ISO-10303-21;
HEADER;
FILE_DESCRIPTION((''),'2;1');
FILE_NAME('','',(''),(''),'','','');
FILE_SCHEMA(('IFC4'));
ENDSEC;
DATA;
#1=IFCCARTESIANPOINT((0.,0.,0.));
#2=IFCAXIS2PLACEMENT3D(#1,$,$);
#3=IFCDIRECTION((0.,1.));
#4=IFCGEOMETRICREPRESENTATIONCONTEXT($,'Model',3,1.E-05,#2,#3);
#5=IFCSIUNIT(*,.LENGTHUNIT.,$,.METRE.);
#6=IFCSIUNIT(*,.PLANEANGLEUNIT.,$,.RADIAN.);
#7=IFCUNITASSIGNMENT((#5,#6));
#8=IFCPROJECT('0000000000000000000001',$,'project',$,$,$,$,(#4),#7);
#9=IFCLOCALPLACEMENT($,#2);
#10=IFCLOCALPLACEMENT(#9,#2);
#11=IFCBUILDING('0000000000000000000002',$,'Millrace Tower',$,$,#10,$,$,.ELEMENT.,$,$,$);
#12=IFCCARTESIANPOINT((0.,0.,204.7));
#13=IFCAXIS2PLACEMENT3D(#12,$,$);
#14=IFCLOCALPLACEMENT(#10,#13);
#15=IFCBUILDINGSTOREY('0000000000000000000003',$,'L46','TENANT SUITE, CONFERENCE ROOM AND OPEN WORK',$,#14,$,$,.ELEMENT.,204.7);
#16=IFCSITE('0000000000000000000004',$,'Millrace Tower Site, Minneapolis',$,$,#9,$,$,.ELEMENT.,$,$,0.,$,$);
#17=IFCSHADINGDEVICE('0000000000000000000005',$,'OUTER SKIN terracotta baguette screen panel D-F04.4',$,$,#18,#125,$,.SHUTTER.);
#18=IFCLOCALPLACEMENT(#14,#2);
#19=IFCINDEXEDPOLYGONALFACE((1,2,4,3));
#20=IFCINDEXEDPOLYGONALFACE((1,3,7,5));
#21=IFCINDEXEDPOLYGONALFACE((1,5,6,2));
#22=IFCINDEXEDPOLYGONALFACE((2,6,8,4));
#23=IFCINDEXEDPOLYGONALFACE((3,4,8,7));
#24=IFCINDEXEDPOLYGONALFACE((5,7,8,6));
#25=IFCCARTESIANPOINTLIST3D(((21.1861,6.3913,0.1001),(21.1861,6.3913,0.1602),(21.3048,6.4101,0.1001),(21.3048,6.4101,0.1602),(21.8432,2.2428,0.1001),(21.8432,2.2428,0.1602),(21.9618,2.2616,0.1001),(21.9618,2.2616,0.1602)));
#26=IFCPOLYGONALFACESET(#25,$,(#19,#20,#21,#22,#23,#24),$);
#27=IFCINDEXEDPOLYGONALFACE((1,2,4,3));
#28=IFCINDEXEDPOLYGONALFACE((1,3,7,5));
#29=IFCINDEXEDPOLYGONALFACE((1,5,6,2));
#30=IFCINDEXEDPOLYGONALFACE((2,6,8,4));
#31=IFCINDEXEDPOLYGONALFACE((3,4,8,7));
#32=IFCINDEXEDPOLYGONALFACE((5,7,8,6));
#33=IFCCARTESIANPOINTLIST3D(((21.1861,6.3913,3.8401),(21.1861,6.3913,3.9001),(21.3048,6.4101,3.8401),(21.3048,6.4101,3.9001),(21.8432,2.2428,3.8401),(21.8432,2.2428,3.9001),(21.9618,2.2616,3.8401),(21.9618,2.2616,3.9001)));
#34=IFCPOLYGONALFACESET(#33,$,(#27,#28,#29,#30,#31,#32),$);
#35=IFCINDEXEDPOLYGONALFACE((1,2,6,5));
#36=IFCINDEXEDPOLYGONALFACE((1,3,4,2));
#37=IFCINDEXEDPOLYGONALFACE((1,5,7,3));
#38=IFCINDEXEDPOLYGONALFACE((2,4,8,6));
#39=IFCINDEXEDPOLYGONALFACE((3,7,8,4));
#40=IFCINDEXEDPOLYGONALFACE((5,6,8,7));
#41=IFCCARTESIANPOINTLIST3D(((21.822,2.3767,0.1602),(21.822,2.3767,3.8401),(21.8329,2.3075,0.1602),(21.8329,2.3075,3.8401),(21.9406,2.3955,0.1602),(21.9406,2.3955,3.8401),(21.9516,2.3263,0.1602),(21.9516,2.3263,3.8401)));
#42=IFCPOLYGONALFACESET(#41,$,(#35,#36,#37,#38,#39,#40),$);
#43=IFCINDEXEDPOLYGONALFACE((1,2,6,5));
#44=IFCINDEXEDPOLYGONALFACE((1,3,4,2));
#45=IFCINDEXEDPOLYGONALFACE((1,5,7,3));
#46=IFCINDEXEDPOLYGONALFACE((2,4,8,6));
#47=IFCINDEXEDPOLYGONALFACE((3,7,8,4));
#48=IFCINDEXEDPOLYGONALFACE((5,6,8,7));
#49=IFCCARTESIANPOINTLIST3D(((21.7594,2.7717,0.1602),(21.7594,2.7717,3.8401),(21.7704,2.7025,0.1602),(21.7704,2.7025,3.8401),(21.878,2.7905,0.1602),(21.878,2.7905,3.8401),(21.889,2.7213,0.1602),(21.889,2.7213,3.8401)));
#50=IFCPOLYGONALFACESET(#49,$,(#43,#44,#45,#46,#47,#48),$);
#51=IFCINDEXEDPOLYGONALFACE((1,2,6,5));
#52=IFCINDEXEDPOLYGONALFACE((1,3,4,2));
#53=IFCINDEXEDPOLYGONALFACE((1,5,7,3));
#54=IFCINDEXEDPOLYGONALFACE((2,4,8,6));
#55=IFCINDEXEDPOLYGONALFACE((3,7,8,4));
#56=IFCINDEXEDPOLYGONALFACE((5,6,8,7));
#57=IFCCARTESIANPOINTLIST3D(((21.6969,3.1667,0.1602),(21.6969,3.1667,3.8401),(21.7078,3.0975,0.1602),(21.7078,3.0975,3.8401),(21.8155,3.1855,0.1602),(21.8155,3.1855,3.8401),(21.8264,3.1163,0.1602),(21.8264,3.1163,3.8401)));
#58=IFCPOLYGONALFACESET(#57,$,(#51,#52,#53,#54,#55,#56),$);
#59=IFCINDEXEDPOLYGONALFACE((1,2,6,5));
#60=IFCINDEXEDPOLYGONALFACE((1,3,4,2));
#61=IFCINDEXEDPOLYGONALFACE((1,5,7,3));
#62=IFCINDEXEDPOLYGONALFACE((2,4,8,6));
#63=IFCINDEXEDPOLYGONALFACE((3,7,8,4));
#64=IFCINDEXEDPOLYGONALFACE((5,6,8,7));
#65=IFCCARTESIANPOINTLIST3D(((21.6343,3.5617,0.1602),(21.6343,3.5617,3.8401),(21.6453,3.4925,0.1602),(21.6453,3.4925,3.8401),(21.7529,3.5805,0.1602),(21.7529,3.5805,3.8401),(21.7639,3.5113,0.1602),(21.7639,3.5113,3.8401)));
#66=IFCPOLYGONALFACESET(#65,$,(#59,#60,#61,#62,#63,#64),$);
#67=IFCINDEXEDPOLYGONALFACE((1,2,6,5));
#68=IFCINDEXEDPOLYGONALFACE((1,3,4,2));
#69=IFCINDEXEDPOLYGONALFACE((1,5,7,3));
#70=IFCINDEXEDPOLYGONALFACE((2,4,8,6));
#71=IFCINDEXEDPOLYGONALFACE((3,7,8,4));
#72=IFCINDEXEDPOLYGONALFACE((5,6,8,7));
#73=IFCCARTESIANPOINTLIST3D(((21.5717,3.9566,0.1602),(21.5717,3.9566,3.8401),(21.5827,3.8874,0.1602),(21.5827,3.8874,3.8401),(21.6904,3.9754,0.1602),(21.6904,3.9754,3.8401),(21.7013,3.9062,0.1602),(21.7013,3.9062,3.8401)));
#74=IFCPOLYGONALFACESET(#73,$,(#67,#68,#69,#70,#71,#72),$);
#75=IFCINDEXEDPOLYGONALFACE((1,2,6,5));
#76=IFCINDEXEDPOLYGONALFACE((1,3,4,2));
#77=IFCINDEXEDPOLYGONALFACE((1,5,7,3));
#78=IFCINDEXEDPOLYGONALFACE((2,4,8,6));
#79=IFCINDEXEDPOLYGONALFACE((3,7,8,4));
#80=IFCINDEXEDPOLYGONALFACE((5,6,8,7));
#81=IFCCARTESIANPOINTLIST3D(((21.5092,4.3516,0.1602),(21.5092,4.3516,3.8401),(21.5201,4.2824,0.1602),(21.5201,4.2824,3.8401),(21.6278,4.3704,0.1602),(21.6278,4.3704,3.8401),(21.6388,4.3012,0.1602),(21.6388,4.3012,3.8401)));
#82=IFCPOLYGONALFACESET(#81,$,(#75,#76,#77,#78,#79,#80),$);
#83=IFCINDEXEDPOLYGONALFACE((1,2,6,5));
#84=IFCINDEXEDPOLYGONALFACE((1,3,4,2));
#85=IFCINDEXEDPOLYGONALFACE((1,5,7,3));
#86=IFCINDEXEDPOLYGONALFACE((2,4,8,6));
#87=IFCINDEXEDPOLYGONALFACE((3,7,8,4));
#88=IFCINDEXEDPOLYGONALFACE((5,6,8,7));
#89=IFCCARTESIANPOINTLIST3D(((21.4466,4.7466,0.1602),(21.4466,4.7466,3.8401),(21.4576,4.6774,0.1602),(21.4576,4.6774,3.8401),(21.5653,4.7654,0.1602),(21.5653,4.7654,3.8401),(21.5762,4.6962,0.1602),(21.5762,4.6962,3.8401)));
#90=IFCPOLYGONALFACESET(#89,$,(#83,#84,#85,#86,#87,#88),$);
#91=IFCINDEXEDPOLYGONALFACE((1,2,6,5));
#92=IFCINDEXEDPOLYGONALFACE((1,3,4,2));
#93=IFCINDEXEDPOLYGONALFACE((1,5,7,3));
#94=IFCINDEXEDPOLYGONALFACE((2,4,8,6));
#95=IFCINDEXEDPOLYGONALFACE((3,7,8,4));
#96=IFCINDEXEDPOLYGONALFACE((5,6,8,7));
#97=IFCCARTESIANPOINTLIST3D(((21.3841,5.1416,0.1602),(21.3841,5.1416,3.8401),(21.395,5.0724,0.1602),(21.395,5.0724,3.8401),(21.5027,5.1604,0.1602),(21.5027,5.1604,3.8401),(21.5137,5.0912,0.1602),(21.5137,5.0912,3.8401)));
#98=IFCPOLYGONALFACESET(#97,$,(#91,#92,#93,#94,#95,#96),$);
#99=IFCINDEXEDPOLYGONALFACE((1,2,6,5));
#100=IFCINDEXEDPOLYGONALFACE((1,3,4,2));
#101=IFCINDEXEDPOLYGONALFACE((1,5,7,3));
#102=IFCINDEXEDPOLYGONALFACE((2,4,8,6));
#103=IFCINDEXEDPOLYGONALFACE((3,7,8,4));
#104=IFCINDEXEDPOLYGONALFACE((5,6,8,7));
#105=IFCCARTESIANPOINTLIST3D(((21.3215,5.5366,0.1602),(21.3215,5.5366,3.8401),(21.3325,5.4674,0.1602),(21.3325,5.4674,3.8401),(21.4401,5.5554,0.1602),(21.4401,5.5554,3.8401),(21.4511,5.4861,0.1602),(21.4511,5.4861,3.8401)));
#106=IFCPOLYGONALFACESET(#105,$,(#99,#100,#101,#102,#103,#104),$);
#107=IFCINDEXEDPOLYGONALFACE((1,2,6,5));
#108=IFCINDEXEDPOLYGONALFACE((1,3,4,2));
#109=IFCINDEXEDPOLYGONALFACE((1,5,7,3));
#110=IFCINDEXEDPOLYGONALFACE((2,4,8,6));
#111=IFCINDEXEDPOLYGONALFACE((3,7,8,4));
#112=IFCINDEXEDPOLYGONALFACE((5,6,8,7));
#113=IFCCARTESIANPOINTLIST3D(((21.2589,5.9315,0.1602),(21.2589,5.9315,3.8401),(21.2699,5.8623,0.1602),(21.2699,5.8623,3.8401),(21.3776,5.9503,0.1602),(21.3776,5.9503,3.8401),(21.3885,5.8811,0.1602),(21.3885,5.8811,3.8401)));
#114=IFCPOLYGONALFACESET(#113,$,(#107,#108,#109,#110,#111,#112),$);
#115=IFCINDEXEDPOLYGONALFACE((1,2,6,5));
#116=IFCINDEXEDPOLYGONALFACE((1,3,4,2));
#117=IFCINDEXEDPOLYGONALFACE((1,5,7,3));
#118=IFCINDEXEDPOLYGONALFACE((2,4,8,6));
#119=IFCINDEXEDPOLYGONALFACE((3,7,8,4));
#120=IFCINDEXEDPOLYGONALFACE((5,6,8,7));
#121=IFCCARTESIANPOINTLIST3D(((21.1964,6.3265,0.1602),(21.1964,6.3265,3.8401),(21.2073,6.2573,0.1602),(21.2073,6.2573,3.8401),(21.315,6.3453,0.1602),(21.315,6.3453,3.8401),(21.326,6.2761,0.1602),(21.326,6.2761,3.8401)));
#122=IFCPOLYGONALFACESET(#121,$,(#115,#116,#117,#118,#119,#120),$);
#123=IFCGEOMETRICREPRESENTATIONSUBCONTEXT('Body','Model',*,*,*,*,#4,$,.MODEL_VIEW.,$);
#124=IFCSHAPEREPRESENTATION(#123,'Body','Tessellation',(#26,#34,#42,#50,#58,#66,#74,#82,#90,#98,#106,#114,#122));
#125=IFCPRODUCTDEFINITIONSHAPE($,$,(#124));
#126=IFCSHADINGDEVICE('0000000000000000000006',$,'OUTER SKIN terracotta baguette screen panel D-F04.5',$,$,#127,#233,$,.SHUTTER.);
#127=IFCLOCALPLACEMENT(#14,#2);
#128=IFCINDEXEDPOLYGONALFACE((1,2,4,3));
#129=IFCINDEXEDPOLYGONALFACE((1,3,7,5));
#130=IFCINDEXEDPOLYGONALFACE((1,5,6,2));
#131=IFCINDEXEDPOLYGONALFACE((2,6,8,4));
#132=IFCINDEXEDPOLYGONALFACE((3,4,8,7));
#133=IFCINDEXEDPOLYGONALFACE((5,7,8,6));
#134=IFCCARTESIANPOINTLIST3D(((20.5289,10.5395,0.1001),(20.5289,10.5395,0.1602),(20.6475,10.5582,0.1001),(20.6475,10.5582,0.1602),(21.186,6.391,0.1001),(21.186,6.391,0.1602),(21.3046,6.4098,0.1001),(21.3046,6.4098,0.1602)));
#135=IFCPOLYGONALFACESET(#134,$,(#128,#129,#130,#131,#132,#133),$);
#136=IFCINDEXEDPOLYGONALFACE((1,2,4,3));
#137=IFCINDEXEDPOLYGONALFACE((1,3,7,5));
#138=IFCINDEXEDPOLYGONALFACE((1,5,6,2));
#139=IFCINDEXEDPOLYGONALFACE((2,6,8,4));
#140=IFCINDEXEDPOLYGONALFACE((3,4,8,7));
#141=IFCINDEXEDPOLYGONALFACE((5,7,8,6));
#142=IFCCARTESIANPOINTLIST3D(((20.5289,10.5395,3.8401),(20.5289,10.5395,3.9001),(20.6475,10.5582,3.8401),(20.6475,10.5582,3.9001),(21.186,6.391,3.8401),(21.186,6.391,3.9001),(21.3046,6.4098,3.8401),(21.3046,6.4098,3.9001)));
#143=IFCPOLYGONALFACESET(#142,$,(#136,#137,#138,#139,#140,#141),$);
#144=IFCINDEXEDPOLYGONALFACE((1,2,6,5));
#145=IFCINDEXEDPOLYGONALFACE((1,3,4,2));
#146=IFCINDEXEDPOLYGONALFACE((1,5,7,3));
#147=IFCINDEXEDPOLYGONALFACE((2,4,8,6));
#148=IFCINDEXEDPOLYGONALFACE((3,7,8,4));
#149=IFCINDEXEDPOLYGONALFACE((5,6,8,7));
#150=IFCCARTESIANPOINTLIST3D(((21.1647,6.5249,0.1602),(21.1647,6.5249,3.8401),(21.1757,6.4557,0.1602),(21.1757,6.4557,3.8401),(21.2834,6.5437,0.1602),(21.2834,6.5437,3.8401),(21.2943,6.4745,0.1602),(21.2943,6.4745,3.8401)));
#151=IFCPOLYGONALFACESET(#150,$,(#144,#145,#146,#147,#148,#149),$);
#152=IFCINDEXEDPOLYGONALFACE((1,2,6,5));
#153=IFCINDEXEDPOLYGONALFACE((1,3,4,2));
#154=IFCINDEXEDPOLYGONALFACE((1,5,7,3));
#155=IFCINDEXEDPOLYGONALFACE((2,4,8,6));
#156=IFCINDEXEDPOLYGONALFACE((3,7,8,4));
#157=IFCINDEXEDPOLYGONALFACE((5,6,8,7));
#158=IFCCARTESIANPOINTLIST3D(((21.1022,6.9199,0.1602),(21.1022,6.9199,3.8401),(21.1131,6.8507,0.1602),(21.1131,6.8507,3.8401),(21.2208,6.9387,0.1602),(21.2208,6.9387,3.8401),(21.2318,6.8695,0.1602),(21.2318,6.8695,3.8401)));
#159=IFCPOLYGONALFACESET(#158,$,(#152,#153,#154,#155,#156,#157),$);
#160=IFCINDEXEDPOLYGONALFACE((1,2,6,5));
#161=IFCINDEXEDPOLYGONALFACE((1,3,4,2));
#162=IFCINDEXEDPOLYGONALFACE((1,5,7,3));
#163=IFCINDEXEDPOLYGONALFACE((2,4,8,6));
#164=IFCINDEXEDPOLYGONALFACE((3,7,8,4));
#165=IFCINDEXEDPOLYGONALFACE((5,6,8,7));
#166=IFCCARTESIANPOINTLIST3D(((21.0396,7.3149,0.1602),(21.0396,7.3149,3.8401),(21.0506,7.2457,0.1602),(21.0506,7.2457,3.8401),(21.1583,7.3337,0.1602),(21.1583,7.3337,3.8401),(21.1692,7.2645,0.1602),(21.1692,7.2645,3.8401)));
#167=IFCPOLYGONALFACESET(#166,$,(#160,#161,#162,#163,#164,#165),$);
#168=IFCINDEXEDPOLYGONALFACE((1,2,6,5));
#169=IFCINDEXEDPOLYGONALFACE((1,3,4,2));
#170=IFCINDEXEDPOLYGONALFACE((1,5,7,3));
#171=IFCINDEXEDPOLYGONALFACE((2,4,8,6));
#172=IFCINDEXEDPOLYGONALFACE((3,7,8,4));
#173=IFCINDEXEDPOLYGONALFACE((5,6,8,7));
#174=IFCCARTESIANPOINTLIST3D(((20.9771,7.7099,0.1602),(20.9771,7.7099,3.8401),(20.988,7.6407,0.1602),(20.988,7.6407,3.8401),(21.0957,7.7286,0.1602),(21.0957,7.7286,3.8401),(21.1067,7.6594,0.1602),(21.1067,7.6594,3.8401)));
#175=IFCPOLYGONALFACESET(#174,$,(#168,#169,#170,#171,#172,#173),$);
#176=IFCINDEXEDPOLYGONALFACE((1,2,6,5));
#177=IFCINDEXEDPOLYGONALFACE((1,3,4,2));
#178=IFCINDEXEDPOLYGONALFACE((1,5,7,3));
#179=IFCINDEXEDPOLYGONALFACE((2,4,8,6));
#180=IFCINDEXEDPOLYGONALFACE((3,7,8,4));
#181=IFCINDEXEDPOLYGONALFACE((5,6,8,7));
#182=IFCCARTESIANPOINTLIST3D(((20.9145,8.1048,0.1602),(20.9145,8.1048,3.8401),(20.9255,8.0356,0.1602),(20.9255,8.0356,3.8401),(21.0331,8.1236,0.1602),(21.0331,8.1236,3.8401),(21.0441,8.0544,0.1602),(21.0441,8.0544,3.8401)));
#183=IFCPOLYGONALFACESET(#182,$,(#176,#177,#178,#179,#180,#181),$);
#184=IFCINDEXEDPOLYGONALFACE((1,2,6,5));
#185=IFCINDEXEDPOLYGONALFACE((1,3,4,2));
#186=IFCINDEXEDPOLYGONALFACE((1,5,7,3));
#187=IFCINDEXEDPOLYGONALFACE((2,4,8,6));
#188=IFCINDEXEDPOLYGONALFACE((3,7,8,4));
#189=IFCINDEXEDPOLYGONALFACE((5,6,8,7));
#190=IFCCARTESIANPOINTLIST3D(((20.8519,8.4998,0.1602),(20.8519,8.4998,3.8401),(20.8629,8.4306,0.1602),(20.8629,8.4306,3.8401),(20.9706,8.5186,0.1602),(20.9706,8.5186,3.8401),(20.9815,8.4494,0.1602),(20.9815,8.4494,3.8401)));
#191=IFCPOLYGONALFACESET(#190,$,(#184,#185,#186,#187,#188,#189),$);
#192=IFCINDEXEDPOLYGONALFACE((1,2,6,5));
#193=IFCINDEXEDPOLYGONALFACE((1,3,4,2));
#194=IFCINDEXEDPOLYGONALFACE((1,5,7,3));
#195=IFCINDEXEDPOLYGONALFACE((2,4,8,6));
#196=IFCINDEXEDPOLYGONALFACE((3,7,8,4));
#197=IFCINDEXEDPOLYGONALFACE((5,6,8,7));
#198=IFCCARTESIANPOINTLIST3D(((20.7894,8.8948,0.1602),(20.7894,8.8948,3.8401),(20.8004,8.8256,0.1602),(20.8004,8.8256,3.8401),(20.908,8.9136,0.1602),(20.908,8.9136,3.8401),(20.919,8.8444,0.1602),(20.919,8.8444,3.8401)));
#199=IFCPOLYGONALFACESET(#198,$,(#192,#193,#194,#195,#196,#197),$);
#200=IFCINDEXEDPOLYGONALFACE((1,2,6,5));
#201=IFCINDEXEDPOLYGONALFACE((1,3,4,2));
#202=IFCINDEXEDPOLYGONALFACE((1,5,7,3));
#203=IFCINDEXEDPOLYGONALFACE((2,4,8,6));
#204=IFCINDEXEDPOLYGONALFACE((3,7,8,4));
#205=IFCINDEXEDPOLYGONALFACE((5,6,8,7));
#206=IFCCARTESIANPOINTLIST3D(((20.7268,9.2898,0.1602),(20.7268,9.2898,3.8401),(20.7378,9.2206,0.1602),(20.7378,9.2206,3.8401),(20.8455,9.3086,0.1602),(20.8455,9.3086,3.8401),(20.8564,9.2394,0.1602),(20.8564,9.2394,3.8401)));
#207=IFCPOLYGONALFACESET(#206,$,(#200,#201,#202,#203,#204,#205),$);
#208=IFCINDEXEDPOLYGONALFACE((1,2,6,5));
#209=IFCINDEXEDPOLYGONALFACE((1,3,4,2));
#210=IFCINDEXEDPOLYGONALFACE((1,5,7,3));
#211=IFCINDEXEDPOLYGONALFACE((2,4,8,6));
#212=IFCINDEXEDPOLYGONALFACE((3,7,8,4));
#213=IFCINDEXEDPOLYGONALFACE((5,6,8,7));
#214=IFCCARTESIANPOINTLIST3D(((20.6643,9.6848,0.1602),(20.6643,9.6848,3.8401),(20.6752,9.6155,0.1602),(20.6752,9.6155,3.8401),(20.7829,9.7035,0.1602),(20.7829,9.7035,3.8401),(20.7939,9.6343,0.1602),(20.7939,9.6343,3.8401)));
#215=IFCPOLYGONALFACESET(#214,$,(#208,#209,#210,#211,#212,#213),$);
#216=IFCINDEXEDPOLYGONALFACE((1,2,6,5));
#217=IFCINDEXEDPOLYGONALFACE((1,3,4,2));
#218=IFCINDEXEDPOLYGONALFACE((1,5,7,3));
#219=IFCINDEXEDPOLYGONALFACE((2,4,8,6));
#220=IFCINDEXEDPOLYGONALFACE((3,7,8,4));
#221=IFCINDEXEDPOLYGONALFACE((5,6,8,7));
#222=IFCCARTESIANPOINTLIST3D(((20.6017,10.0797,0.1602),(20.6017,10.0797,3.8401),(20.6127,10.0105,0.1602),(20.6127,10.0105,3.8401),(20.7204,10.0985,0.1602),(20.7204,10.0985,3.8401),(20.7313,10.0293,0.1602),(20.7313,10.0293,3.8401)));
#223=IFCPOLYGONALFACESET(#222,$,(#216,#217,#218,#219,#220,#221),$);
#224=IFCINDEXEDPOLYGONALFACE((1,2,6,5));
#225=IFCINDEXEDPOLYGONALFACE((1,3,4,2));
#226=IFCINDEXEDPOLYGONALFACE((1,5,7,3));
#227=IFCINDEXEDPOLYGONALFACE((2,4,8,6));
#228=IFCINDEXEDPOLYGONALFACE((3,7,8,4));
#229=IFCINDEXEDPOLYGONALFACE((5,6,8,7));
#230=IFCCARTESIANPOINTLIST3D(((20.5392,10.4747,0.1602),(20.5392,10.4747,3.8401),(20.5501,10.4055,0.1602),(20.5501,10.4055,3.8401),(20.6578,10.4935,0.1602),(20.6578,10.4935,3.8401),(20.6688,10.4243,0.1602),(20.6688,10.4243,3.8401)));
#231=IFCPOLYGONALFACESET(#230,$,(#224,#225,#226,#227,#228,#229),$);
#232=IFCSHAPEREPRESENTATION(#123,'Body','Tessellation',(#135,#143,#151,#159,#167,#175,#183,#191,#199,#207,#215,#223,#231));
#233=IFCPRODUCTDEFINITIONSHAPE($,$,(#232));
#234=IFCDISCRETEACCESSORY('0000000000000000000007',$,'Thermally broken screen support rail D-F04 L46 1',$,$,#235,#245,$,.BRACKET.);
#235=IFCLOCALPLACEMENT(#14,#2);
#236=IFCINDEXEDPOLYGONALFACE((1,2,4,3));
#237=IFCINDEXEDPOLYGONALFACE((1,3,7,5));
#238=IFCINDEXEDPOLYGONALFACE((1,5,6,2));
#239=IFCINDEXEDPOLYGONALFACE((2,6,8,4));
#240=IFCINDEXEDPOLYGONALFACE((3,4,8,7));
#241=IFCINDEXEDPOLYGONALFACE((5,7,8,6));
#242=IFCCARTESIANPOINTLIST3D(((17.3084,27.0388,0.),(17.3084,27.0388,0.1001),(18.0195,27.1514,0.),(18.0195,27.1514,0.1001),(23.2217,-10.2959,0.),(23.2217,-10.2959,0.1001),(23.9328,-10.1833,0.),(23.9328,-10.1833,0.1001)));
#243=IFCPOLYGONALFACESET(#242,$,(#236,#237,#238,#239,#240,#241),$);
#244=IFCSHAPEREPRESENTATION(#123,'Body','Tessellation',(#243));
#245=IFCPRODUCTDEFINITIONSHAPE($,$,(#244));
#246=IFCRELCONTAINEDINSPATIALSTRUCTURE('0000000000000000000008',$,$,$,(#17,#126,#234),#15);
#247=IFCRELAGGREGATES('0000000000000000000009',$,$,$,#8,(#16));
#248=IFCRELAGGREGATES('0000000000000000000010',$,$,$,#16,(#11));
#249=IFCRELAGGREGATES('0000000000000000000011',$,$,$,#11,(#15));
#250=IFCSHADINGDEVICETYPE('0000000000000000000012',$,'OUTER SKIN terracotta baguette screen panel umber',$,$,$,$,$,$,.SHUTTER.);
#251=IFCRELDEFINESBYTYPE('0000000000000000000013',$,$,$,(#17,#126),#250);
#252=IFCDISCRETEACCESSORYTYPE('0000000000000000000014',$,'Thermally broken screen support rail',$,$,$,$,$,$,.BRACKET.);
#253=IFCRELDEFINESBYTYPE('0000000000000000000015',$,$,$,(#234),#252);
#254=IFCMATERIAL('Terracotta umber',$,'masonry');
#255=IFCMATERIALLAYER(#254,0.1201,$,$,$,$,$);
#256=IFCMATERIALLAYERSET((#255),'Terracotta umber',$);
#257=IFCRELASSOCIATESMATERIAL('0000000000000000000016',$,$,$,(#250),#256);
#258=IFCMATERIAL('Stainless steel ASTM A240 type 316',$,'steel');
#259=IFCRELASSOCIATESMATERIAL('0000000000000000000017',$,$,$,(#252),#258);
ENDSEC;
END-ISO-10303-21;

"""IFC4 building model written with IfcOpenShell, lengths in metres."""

from ifc_helpers import new_model, entity, si_unit, direction, frame, frame_2d, origin, origin_2d, place, context, subcontext, project, spatial, rectangle, extrude, source, transform, mapped, material, layer, layer_set, type_object, element, save


model = new_model("IFC4")

# Units and contexts
model_context = context("Model", 3, precision=1e-05, world=origin(), true_north=direction((0.0, 1.0)))
body_context = subcontext(model_context, "Body", "Model", "MODEL_VIEW")
ifc_project = project(units=[si_unit("LENGTHUNIT", "METRE"), si_unit("PLANEANGLEUNIT", "RADIAN")], contexts=[model_context])

# Site, building, storey
site_placement = place(None, origin())
site = spatial("IfcSite", under=ifc_project, at=site_placement, Name="Millrace Tower Site, Minneapolis", CompositionType="ELEMENT", RefElevation=0.0)
building_placement = place(site_placement, origin())
building = spatial("IfcBuilding", under=site, at=building_placement, Name="Millrace Tower", CompositionType="ELEMENT")
storey_placement = place(building_placement, frame((0.0, 0.0, 204.7)))
storey = spatial("IfcBuildingStorey", under=building, at=storey_placement, Name="L46", Description="TENANT SUITE, CONFERENCE ROOM AND OPEN WORK", CompositionType="ELEMENT", Elevation=204.7)

# Shading devices
ifc_material_1 = material(Name="Terracotta umber", Category="masonry")
ifc_layer_1 = layer(ifc_material_1, 0.1201)
ifc_layer_set_1 = layer_set([ifc_layer_1], Name="Terracotta umber")
shading_device_type = type_object("IfcShadingDeviceType", Name="OUTER SKIN terracotta baguette screen panel umber", PredefinedType="SHUTTER", material=ifc_layer_set_1)
cartesian_point = entity("IfcCartesianPoint", [-2.1001, 0.0601])
shared_polyline = entity("IfcPolyline", [cartesian_point, entity("IfcCartesianPoint", [2.1001, 0.0601]), entity("IfcCartesianPoint", [2.1001, -0.0601]), entity("IfcCartesianPoint", [-2.1001, -0.0601]), cartesian_point])
shared_shape = source(origin(), body_context, "Body", "SweptSolid", [
    entity("IfcExtrudedAreaSolid", entity("IfcArbitraryClosedProfileDef", "AREA", None, shared_polyline), entity("IfcAxis2Placement3D", entity("IfcCartesianPoint", [0.0, 0.0, 0.0])), entity("IfcDirection", [0.0, 0.0, 1.0]), 0.0601),
    entity("IfcExtrudedAreaSolid", entity("IfcArbitraryClosedProfileDef", "AREA", None, shared_polyline), entity("IfcAxis2Placement3D", entity("IfcCartesianPoint", [0.0, 0.0, 3.74])), entity("IfcDirection", [0.0, 0.0, 1.0]), 0.0601),
    extrude(rectangle(XDim=0.0701, YDim=0.1201, at=frame_2d((-1.9995, 0.0))), frame((0.0, 0.0, 0.0601)), (0.0, 0.0, 1.0), 3.6799),
    extrude(rectangle(XDim=0.0701, YDim=0.1201, at=frame_2d((-1.5996, 0.0))), frame((0.0, 0.0, 0.0601)), (0.0, 0.0, 1.0), 3.6799),
    extrude(rectangle(XDim=0.0701, YDim=0.1201, at=frame_2d((-1.1997, 0.0))), frame((0.0, 0.0, 0.0601)), (0.0, 0.0, 1.0), 3.6799),
    extrude(rectangle(XDim=0.0701, YDim=0.1201, at=frame_2d((-0.7998, 0.0))), frame((0.0, 0.0, 0.0601)), (0.0, 0.0, 1.0), 3.6799),
    extrude(rectangle(XDim=0.0701, YDim=0.1201, at=frame_2d((-0.3999, 0.0))), frame((0.0, 0.0, 0.0601)), (0.0, 0.0, 1.0), 3.6799),
    extrude(rectangle(XDim=0.0701, YDim=0.1201, at=origin_2d()), frame((0.0, 0.0, 0.0601)), (0.0, 0.0, 1.0), 3.6799),
    extrude(rectangle(XDim=0.0701, YDim=0.1201, at=frame_2d((0.3999, 0.0))), frame((0.0, 0.0, 0.0601)), (0.0, 0.0, 1.0), 3.6799),
    extrude(rectangle(XDim=0.0701, YDim=0.1201, at=frame_2d((0.7998, 0.0))), frame((0.0, 0.0, 0.0601)), (0.0, 0.0, 1.0), 3.6799),
    extrude(rectangle(XDim=0.0701, YDim=0.1201, at=frame_2d((1.1997, 0.0))), frame((0.0, 0.0, 0.0601)), (0.0, 0.0, 1.0), 3.6799),
    extrude(rectangle(XDim=0.0701, YDim=0.1201, at=frame_2d((1.5996, 0.0))), frame((0.0, 0.0, 0.0601)), (0.0, 0.0, 1.0), 3.6799),
    extrude(rectangle(XDim=0.0701, YDim=0.1201, at=frame_2d((1.9995, 0.0))), frame((0.0, 0.0, 0.0601)), (0.0, 0.0, 1.0), 3.6799),
])
for number, where, z_axis, x_axis, name in (
    (1, (21.574, 4.3264, 0.1001), (0.0, 0.0, 1.0), (-0.156434, 0.987688, 0.0), "OUTER SKIN terracotta baguette screen panel D-F04.4"),
    (2, (20.9167, 8.4746, 0.1001), (0.0, 0.0, 1.0), (-0.156434, 0.987688, 0.0), "OUTER SKIN terracotta baguette screen panel D-F04.5"),
):
    element("IfcShadingDevice", number, at=place(storey_placement, frame(where, z_axis=z_axis, x_axis=x_axis)), inside=storey, type_object=shading_device_type, Name=name, PredefinedType="SHUTTER", context=body_context, shape_type="MappedRepresentation", body=[
        mapped(shared_shape, transform((0.0, 0.0, 0.0), scale=1.0)),
    ])

# Discrete accessory
ifc_material_2 = material(Name="Stainless steel ASTM A240 type 316", Category="steel")
discrete_accessory_type = type_object("IfcDiscreteAccessoryType", Name="Thermally broken screen support rail", PredefinedType="BRACKET", material=ifc_material_2)
discrete_accessory_placement = place(storey_placement, frame((20.6206, 8.4277, 0.0), z_axis=(0.0, 0.0, 1.0), x_axis=(-0.156434, 0.987688, 0.0)))
element("IfcDiscreteAccessory", 3, at=discrete_accessory_placement, inside=storey, type_object=discrete_accessory_type, Name="Thermally broken screen support rail D-F04 L46 1", PredefinedType="BRACKET", context=body_context, shape_type="SweptSolid", body=[
    extrude(rectangle(XDim=37.8, YDim=0.72, at=origin_2d()), origin(), (0.0, 0.0, 1.0), 0.1001),
])

save(model, "model.ifc")
